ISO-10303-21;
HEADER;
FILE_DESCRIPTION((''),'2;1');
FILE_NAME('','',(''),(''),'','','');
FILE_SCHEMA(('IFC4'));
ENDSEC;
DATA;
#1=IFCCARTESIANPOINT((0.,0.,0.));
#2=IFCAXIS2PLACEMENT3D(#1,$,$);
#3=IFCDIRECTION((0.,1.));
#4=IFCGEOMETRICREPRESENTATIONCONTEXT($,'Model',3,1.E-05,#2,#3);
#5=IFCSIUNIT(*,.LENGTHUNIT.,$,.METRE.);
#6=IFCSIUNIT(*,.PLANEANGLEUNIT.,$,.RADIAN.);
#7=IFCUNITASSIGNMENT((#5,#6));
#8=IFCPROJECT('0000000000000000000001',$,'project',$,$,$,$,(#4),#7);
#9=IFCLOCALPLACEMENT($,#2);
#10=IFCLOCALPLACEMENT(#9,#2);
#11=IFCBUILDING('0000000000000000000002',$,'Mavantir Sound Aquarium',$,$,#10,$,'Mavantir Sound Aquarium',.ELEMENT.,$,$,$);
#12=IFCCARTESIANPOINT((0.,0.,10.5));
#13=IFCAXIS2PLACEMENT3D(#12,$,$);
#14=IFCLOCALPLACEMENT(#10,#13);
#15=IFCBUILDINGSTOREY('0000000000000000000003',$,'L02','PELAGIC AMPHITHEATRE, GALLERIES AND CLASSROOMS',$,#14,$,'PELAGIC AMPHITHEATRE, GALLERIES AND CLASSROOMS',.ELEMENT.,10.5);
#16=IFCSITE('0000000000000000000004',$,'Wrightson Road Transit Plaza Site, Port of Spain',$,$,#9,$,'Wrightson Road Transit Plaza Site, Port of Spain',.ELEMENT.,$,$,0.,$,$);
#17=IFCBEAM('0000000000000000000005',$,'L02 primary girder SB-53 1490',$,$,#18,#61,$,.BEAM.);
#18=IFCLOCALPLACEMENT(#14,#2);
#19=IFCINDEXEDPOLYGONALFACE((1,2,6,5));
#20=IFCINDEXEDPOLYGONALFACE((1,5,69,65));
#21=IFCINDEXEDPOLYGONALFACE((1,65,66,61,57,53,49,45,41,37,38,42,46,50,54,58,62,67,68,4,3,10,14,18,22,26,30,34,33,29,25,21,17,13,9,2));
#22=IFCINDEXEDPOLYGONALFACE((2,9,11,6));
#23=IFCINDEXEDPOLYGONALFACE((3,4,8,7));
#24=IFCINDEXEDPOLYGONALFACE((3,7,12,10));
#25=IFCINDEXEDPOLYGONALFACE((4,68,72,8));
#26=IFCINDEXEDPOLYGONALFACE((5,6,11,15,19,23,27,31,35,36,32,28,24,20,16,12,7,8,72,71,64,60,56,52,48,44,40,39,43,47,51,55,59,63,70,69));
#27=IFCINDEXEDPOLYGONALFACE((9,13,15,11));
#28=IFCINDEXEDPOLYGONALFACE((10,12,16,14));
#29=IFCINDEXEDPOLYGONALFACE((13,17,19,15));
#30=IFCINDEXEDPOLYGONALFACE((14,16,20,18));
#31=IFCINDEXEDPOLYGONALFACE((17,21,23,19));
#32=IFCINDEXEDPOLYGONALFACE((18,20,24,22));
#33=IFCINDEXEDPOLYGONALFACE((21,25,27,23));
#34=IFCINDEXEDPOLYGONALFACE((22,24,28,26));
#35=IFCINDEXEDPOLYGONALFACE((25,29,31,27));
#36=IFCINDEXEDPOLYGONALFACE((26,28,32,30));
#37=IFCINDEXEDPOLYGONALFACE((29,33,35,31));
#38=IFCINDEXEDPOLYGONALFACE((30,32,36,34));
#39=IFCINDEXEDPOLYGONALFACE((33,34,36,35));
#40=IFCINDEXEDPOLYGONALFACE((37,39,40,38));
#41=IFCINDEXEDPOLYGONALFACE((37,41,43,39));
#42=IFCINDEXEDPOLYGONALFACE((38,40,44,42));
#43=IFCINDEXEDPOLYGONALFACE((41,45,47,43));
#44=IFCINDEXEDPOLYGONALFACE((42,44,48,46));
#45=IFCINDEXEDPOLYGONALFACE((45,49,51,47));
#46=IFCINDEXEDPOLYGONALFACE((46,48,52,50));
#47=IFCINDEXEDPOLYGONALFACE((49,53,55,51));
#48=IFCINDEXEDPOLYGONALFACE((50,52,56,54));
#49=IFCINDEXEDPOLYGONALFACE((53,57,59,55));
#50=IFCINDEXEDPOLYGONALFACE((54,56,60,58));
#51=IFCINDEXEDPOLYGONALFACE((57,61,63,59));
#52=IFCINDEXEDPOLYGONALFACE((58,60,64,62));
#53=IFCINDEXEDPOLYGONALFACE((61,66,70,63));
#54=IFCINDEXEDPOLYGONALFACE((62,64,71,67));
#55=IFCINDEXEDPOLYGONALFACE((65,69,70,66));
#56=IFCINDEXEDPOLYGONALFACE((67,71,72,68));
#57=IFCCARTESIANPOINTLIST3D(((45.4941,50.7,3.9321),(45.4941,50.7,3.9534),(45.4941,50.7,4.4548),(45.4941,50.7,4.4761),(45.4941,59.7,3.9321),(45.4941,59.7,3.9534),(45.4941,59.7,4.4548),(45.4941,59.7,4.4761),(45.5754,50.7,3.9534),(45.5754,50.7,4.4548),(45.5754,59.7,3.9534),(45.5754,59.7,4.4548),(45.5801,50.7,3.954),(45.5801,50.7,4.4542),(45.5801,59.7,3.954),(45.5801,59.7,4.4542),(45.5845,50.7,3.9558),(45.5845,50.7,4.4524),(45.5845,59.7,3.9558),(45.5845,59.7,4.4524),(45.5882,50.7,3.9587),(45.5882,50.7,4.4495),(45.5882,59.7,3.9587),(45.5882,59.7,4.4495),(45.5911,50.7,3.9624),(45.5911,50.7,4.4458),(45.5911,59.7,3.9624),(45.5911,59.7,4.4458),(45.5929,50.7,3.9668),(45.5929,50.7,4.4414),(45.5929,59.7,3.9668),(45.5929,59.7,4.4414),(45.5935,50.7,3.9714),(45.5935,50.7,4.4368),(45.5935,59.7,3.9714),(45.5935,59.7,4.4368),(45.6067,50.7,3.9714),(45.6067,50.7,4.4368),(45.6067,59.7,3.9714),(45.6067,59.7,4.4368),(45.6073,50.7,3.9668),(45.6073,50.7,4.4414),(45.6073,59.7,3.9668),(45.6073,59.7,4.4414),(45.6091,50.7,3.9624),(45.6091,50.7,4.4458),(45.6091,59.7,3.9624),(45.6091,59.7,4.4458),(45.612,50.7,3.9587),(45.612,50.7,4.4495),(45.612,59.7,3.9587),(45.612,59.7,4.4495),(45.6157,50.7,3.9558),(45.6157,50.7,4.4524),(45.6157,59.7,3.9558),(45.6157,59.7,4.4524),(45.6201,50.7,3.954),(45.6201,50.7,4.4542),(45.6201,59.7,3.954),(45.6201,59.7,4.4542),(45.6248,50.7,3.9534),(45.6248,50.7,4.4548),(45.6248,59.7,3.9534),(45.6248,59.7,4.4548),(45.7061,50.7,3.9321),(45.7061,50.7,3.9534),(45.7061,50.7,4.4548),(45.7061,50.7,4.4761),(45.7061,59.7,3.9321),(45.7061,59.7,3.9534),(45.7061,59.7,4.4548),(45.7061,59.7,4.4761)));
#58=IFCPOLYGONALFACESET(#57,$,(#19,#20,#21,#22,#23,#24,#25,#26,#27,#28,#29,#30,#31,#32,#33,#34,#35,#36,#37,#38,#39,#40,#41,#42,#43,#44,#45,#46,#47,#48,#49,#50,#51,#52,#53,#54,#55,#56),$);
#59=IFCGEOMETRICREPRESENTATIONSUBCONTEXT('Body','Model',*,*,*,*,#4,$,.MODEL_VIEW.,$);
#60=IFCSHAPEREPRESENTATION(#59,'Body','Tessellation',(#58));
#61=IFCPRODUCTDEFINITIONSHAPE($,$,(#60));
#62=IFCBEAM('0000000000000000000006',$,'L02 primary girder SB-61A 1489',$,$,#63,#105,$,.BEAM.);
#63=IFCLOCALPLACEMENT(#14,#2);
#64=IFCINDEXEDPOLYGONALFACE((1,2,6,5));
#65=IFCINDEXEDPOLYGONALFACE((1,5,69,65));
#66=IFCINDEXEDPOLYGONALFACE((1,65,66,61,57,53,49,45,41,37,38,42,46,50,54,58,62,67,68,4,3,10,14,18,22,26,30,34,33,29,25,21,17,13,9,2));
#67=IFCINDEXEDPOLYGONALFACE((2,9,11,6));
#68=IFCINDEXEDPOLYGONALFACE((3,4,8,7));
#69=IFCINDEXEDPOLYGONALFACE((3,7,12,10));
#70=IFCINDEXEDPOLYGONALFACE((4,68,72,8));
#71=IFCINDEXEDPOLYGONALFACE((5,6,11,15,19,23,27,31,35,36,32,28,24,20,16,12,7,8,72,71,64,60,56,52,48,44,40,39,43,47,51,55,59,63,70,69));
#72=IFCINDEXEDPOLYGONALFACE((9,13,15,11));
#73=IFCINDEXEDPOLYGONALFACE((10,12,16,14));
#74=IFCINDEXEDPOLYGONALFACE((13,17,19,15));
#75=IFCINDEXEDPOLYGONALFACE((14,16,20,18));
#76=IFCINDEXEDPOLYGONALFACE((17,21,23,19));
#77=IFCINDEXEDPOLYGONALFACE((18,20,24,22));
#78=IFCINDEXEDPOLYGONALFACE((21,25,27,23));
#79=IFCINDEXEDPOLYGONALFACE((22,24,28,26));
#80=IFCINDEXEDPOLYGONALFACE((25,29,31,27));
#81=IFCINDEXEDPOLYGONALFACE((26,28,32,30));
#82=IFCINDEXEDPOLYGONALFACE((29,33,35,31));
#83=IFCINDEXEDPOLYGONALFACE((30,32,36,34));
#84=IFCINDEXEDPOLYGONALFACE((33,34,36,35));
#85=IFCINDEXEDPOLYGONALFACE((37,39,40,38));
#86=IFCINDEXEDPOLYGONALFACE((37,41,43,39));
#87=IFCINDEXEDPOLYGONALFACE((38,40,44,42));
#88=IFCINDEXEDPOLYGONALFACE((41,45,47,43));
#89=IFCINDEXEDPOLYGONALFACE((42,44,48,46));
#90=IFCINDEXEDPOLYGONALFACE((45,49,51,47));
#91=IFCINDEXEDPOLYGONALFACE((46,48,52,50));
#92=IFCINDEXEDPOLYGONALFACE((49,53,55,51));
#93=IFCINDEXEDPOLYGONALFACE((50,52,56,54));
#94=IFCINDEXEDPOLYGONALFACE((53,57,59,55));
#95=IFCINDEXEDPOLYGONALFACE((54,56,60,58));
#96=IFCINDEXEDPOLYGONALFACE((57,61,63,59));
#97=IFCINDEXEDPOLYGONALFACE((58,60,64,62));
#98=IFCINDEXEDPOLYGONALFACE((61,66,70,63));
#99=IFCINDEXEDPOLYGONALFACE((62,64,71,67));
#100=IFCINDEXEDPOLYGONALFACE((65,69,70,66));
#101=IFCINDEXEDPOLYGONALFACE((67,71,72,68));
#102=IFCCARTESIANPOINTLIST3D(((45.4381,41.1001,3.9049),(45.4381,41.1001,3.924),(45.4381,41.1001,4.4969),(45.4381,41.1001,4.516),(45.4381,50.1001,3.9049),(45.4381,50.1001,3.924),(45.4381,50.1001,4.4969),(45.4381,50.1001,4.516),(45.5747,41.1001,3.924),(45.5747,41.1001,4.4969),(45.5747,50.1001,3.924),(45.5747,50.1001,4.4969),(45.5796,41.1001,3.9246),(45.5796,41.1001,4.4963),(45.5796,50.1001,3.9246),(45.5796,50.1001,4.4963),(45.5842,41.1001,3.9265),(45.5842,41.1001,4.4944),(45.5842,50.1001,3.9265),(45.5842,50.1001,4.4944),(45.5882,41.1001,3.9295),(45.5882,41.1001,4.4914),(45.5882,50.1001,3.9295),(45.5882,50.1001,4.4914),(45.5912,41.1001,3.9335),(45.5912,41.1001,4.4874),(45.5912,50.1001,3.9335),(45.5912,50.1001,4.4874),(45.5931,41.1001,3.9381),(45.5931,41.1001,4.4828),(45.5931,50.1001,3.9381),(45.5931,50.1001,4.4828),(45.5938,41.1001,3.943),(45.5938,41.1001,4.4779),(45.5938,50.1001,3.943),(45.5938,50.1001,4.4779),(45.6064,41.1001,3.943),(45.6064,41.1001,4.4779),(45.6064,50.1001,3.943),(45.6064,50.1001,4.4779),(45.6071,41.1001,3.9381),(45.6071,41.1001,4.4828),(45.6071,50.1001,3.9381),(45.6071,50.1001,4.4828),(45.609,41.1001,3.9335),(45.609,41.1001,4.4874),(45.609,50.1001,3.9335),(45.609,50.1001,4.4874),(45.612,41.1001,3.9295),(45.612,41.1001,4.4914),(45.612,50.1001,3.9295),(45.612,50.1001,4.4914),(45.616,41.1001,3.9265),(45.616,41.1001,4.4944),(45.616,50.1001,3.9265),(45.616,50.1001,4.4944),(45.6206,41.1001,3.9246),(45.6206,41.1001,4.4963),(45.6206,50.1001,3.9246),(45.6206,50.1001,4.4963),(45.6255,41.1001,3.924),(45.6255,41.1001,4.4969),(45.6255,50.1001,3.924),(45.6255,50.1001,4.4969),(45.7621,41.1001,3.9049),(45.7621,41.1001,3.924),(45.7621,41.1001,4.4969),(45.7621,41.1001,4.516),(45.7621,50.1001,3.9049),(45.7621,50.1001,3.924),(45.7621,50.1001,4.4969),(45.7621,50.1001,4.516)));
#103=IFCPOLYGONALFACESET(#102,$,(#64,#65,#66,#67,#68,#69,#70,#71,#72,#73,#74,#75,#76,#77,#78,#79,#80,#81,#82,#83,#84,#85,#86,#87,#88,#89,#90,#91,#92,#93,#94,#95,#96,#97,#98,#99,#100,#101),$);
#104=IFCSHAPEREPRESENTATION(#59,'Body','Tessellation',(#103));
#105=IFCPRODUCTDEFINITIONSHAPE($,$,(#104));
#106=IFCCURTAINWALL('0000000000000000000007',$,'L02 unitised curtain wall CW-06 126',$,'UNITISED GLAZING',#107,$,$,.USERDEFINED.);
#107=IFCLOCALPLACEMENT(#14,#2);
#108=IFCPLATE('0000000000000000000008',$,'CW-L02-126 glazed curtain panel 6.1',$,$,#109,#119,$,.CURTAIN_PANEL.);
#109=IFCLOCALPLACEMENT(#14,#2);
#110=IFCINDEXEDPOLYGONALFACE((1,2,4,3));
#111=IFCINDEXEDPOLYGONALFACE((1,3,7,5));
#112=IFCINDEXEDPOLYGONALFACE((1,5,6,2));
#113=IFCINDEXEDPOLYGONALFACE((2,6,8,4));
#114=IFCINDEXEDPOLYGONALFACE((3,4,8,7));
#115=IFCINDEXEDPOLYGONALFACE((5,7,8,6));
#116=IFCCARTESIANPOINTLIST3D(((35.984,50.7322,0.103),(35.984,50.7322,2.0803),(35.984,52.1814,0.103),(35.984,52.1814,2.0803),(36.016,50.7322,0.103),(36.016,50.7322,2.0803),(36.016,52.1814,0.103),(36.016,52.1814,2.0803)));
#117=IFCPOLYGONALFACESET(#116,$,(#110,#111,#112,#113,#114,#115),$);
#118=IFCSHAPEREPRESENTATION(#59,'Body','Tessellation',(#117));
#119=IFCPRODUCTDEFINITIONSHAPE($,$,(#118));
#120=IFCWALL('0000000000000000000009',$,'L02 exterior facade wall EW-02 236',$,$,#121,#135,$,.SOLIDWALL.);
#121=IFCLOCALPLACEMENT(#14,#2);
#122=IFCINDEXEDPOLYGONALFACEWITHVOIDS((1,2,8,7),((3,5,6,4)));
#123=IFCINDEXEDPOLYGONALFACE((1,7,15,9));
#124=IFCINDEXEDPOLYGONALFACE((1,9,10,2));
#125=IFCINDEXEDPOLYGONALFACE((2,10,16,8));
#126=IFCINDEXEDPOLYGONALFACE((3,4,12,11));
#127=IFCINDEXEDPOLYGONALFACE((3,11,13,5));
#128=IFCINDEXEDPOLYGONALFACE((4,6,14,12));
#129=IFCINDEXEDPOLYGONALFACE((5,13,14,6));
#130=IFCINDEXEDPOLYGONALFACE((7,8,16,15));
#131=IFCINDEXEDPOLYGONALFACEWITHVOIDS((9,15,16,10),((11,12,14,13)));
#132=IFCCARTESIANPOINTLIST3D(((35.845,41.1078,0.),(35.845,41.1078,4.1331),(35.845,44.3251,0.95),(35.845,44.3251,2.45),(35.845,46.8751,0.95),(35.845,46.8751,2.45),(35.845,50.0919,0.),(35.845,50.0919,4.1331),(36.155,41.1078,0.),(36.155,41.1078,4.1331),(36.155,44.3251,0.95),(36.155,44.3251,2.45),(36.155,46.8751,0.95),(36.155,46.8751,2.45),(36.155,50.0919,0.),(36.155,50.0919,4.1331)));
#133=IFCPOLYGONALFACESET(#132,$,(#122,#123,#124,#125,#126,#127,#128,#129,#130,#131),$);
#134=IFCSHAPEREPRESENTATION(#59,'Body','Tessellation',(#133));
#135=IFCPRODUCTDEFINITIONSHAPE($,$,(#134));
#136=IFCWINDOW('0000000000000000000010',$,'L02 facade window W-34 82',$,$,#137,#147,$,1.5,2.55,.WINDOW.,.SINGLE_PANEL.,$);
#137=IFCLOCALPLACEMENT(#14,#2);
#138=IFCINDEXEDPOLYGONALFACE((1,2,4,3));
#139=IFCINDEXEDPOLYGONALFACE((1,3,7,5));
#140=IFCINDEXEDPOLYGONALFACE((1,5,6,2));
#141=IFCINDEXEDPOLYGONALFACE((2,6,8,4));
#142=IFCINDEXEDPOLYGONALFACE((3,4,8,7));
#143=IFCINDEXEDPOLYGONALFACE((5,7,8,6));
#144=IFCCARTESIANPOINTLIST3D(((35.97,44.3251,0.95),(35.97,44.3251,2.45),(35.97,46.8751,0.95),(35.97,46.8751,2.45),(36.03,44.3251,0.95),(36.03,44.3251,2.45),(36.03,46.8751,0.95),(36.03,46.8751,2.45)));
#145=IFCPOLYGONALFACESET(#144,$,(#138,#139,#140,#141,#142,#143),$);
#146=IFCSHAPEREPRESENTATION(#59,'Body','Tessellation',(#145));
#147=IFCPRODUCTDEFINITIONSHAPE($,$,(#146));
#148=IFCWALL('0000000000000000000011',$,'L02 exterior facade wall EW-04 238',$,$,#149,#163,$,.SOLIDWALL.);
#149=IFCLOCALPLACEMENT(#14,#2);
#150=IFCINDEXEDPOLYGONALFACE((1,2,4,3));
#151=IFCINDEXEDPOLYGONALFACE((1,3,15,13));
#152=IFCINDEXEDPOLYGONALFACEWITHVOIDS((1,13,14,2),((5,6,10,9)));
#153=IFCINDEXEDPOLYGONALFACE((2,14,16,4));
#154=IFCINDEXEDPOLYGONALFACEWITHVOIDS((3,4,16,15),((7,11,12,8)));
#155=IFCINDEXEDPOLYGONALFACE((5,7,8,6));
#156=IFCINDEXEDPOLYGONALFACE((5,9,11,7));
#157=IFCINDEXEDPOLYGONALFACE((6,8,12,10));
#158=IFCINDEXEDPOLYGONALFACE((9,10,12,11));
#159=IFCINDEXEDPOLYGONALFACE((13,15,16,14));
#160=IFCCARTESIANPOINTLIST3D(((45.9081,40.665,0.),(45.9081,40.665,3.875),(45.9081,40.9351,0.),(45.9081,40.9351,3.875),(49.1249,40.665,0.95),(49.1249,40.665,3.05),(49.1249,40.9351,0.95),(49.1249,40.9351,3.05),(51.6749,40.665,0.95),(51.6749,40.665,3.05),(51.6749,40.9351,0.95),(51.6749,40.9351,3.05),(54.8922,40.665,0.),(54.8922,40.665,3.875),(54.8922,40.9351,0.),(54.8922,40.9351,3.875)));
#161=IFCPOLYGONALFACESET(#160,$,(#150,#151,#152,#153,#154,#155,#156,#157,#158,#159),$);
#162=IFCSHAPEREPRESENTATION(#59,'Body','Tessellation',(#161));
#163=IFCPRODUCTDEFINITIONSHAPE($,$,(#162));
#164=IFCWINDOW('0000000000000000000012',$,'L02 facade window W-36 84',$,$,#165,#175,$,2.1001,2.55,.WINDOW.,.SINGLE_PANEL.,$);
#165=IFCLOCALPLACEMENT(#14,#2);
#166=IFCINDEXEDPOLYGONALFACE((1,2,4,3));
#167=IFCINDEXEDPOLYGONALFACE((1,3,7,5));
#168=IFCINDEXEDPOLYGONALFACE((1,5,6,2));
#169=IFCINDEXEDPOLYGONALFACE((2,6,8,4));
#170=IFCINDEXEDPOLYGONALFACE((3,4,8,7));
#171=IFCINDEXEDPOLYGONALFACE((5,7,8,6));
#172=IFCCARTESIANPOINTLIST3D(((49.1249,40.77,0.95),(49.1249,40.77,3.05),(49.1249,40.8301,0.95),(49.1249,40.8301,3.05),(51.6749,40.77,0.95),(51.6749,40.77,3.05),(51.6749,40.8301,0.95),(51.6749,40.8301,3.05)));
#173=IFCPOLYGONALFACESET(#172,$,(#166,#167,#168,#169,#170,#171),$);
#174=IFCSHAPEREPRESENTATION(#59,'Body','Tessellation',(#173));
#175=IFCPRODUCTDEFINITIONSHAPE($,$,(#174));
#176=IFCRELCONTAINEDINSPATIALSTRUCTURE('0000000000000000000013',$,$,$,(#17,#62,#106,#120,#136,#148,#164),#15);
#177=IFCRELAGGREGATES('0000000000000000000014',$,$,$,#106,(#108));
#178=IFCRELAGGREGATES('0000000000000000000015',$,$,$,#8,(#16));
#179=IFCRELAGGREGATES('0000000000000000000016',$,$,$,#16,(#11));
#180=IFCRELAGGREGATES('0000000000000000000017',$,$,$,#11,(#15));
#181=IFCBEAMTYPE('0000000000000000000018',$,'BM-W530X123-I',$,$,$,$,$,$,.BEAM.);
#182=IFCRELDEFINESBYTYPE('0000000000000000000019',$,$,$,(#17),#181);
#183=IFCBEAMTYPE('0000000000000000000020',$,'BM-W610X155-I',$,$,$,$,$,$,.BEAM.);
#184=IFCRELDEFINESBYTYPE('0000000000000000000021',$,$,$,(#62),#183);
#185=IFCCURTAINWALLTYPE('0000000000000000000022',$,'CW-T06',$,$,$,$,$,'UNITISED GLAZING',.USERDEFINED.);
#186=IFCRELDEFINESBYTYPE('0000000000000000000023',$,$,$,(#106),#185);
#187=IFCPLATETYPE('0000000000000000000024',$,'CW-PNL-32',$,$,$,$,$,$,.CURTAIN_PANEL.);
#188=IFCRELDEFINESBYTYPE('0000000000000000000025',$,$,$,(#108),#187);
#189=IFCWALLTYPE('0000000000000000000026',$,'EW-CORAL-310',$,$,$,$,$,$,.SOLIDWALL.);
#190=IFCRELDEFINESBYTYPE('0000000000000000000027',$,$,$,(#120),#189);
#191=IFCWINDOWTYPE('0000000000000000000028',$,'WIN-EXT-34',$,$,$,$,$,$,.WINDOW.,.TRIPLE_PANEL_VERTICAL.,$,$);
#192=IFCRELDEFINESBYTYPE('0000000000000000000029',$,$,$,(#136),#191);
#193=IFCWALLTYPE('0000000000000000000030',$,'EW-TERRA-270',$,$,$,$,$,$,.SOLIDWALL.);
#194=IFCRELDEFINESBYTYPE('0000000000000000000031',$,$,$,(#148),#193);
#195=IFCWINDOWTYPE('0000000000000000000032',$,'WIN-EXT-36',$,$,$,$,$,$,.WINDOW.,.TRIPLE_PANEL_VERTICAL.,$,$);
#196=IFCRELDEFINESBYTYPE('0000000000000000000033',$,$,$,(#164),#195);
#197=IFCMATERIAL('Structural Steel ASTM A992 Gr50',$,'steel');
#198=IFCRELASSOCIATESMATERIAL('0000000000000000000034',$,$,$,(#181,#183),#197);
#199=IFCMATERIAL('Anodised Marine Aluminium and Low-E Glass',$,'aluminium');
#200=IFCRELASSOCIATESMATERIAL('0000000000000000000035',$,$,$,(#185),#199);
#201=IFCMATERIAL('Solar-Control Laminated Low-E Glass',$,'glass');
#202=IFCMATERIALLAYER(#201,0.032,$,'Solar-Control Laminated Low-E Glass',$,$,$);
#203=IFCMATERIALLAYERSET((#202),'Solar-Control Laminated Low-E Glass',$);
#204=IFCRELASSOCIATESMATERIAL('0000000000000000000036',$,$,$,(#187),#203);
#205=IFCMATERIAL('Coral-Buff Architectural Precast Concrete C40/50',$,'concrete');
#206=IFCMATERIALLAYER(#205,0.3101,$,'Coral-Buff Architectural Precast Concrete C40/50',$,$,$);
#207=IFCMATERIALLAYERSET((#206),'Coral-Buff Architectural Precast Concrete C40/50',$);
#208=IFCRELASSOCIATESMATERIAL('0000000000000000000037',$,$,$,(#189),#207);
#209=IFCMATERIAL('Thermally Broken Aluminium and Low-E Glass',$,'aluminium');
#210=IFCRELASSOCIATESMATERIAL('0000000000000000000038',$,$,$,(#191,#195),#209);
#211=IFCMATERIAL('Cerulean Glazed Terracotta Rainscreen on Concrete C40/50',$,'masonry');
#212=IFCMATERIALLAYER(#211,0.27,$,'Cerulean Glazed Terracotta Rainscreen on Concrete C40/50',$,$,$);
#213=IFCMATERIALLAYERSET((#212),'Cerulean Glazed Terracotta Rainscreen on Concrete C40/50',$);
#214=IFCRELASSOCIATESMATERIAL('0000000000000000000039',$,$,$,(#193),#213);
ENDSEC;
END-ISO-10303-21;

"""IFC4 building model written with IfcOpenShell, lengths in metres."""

from ifc_helpers import new_model, si_unit, direction, frame, frame_2d, origin, origin_2d, place, context, subcontext, project, spatial, rectangle, i_section, extrude, material, layer, layer_set, material_profile, profile_set, type_object, element, fill, aggregate, save


model = new_model("IFC4")

# Units and contexts
model_context = context("Model", 3, precision=1e-05, world=origin(), true_north=direction((0.0, 1.0)))
body_context = subcontext(model_context, "Body", "Model", "MODEL_VIEW")
ifc_project = project(units=[si_unit("LENGTHUNIT", "METRE"), si_unit("PLANEANGLEUNIT", "RADIAN")], contexts=[model_context])

# Site, building, storey
site_placement = place(None, origin())
site = spatial("IfcSite", under=ifc_project, at=site_placement, Name="Wrightson Road Transit Plaza Site, Port of Spain", LongName="Wrightson Road Transit Plaza Site, Port of Spain", CompositionType="ELEMENT", RefElevation=0.0)
building_placement = place(site_placement, origin())
building = spatial("IfcBuilding", under=site, at=building_placement, Name="Mavantir Sound Aquarium", LongName="Mavantir Sound Aquarium", CompositionType="ELEMENT")
storey_placement = place(building_placement, frame((0.0, 0.0, 10.5)))
storey = spatial("IfcBuildingStorey", under=building, at=storey_placement, Name="L02", Description="PELAGIC AMPHITHEATRE, GALLERIES AND CLASSROOMS", LongName="PELAGIC AMPHITHEATRE, GALLERIES AND CLASSROOMS", CompositionType="ELEMENT", Elevation=10.5)

# Beams
ifc_material_1 = material(Name="Structural Steel ASTM A992 Gr50", Category="steel")
ifc_material_profile_1 = material_profile(ifc_material_1, i_section(OverallWidth=0.2119, OverallDepth=0.5439, WebThickness=0.0132, FlangeThickness=0.0212, FilletRadius=0.0181, at=origin_2d()), Name="W530X123")
ifc_profile_set_1 = profile_set([ifc_material_profile_1], Name="Structural Steel ASTM A992 Gr50")
beam_type_1 = type_object("IfcBeamType", Name="BM-W530X123-I", PredefinedType="BEAM", material=ifc_profile_set_1)
beam_1_placement = place(storey_placement, frame((45.6001, 50.7, 4.2041), z_axis=(0.0, 1.0, 0.0), x_axis=(-1.0, 0.0, 0.0)))
element("IfcBeam", 1, at=beam_1_placement, inside=storey, type_object=beam_type_1, Name="L02 primary girder SB-53 1490", PredefinedType="BEAM", context=body_context, shape_type="SweptSolid", body=[
    extrude(i_section(OverallWidth=0.2119, OverallDepth=0.5439, WebThickness=0.0132, FlangeThickness=0.0212, FilletRadius=0.0181, at=origin_2d()), origin(), (0.0, 0.0, 1.0), 9.0),
])
ifc_material_profile_2 = material_profile(ifc_material_1, i_section(OverallWidth=0.324, OverallDepth=0.6111, WebThickness=0.0127, FlangeThickness=0.019, FilletRadius=0.019, at=origin_2d()), Name="W610X155")
ifc_profile_set_2 = profile_set([ifc_material_profile_2], Name="Structural Steel ASTM A992 Gr50")
beam_type_2 = type_object("IfcBeamType", Name="BM-W610X155-I", PredefinedType="BEAM", material=ifc_profile_set_2)
beam_2_placement = place(storey_placement, frame((45.6001, 41.1001, 4.2104), z_axis=(0.0, 1.0, 0.0), x_axis=(-1.0, 0.0, 0.0)))
element("IfcBeam", 2, at=beam_2_placement, inside=storey, type_object=beam_type_2, Name="L02 primary girder SB-61A 1489", PredefinedType="BEAM", context=body_context, shape_type="SweptSolid", body=[
    extrude(i_section(OverallWidth=0.324, OverallDepth=0.6111, WebThickness=0.0127, FlangeThickness=0.019, FilletRadius=0.019, at=origin_2d()), origin(), (0.0, 0.0, 1.0), 9.0),
])

# Curtain wall, plate
ifc_material_2 = material(Name="Anodised Marine Aluminium and Low-E Glass", Category="aluminium")
curtain_wall_type = type_object("IfcCurtainWallType", Name="CW-T06", ElementType="UNITISED GLAZING", PredefinedType="USERDEFINED", material=ifc_material_2)
curtain_wall_placement = place(storey_placement, origin())
curtain_wall = element("IfcCurtainWall", 3, at=curtain_wall_placement, inside=storey, type_object=curtain_wall_type, Name="L02 unitised curtain wall CW-06 126", ObjectType="UNITISED GLAZING", PredefinedType="USERDEFINED")
ifc_material_3 = material(Name="Solar-Control Laminated Low-E Glass", Category="glass")
ifc_layer_1 = layer(ifc_material_3, 0.032, Name="Solar-Control Laminated Low-E Glass")
ifc_layer_set_1 = layer_set([ifc_layer_1], Name="Solar-Control Laminated Low-E Glass")
plate_type = type_object("IfcPlateType", Name="CW-PNL-32", PredefinedType="CURTAIN_PANEL", material=ifc_layer_set_1)
plate_placement = place(storey_placement, frame((36.0, 51.4568, 0.103), z_axis=(0.0, 0.0, 1.0), x_axis=(0.0, -1.0, 0.0)))
plate = element("IfcPlate", 4, at=plate_placement, type_object=plate_type, Name="CW-L02-126 glazed curtain panel 6.1", PredefinedType="CURTAIN_PANEL", context=body_context, shape_type="SweptSolid", body=[
    extrude(rectangle(XDim=1.4492, YDim=0.032, at=origin_2d()), origin(), (0.0, 0.0, 1.0), 1.9773),
])
aggregate(curtain_wall, [plate])

# Walls, openings, windows
ifc_material_4 = material(Name="Coral-Buff Architectural Precast Concrete C40/50", Category="concrete")
ifc_layer_2 = layer(ifc_material_4, 0.3101, Name="Coral-Buff Architectural Precast Concrete C40/50")
ifc_layer_set_2 = layer_set([ifc_layer_2], Name="Coral-Buff Architectural Precast Concrete C40/50")
wall_type_1 = type_object("IfcWallType", Name="EW-CORAL-310", PredefinedType="SOLIDWALL", material=ifc_layer_set_2)
wall_1_placement = place(storey_placement, frame((36.0, 50.092, 0.0), z_axis=(0.0, 0.0, 1.0), x_axis=(0.0, -1.0, 0.0)))
wall_1 = element("IfcWall", 5, at=wall_1_placement, inside=storey, type_object=wall_type_1, Name="L02 exterior facade wall EW-02 236", PredefinedType="SOLIDWALL", context=body_context, shape_type="SweptSolid", body=[
    extrude(rectangle(XDim=8.9841, YDim=0.3101, at=frame_2d((4.4922, 0.0))), origin(), (0.0, 0.0, 1.0), 4.1331),
])
opening_1_placement = place(wall_1_placement, frame((3.217, 0.0, 0.95)))
opening_1 = element("IfcOpeningElement", 6, at=opening_1_placement, cuts=wall_1, PredefinedType="OPENING", context=body_context, shape_type="SweptSolid", body=[
    extrude(rectangle(XDim=2.55, YDim=1.5, at=frame_2d((1.2749, 0.75))), frame((0.0, 0.165, 0.0), z_axis=(0.0, -1.0, 0.0), x_axis=(1.0, 0.0, 0.0)), (0.0, 0.0, 1.0), 0.3301),
])
ifc_material_5 = material(Name="Thermally Broken Aluminium and Low-E Glass", Category="aluminium")
window_type_1 = type_object("IfcWindowType", Name="WIN-EXT-34", PartitioningType="TRIPLE_PANEL_VERTICAL", PredefinedType="WINDOW", material=ifc_material_5)
window_1_placement = place(opening_1_placement, origin())
window_1 = element("IfcWindow", 7, at=window_1_placement, inside=storey, type_object=window_type_1, Name="L02 facade window W-34 82", OverallHeight=1.5, OverallWidth=2.55, PartitioningType="SINGLE_PANEL", PredefinedType="WINDOW", context=body_context, shape_type="SweptSolid", body=[
    extrude(rectangle(XDim=2.55, YDim=1.5, at=frame_2d((1.2749, 0.75))), frame((0.0, 0.03, 0.0), z_axis=(0.0, -1.0, 0.0), x_axis=(1.0, 0.0, 0.0)), (0.0, 0.0, 1.0), 0.0601),
])
fill(opening_1, window_1)
ifc_material_6 = material(Name="Cerulean Glazed Terracotta Rainscreen on Concrete C40/50", Category="masonry")
ifc_layer_3 = layer(ifc_material_6, 0.27, Name="Cerulean Glazed Terracotta Rainscreen on Concrete C40/50")
ifc_layer_set_3 = layer_set([ifc_layer_3], Name="Cerulean Glazed Terracotta Rainscreen on Concrete C40/50")
wall_type_2 = type_object("IfcWallType", Name="EW-TERRA-270", PredefinedType="SOLIDWALL", material=ifc_layer_set_3)
wall_2_placement = place(storey_placement, frame((45.908, 40.8, 0.0), z_axis=(0.0, 0.0, 1.0), x_axis=(1.0, 0.0, 0.0)))
wall_2 = element("IfcWall", 8, at=wall_2_placement, inside=storey, type_object=wall_type_2, Name="L02 exterior facade wall EW-04 238", PredefinedType="SOLIDWALL", context=body_context, shape_type="SweptSolid", body=[
    extrude(rectangle(XDim=8.9841, YDim=0.27, at=frame_2d((4.4922, 0.0))), origin(), (0.0, 0.0, 1.0), 3.875),
])
opening_2_placement = place(wall_2_placement, frame((3.217, 0.0, 0.95)))
opening_2 = element("IfcOpeningElement", 9, at=opening_2_placement, cuts=wall_2, PredefinedType="OPENING", context=body_context, shape_type="SweptSolid", body=[
    extrude(rectangle(XDim=2.55, YDim=2.1001, at=frame_2d((1.2749, 1.05))), frame((0.0, 0.145, 0.0), z_axis=(0.0, -1.0, 0.0), x_axis=(1.0, 0.0, 0.0)), (0.0, 0.0, 1.0), 0.29),
])
window_type_2 = type_object("IfcWindowType", Name="WIN-EXT-36", PartitioningType="TRIPLE_PANEL_VERTICAL", PredefinedType="WINDOW", material=ifc_material_5)
window_2_placement = place(opening_2_placement, origin())
window_2 = element("IfcWindow", 10, at=window_2_placement, inside=storey, type_object=window_type_2, Name="L02 facade window W-36 84", OverallHeight=2.1001, OverallWidth=2.55, PartitioningType="SINGLE_PANEL", PredefinedType="WINDOW", context=body_context, shape_type="SweptSolid", body=[
    extrude(rectangle(XDim=2.55, YDim=2.1001, at=frame_2d((1.2749, 1.05))), frame((0.0, 0.03, 0.0), z_axis=(0.0, -1.0, 0.0), x_axis=(1.0, 0.0, 0.0)), (0.0, 0.0, 1.0), 0.0601),
])
fill(opening_2, window_2)

save(model, "model.ifc")
